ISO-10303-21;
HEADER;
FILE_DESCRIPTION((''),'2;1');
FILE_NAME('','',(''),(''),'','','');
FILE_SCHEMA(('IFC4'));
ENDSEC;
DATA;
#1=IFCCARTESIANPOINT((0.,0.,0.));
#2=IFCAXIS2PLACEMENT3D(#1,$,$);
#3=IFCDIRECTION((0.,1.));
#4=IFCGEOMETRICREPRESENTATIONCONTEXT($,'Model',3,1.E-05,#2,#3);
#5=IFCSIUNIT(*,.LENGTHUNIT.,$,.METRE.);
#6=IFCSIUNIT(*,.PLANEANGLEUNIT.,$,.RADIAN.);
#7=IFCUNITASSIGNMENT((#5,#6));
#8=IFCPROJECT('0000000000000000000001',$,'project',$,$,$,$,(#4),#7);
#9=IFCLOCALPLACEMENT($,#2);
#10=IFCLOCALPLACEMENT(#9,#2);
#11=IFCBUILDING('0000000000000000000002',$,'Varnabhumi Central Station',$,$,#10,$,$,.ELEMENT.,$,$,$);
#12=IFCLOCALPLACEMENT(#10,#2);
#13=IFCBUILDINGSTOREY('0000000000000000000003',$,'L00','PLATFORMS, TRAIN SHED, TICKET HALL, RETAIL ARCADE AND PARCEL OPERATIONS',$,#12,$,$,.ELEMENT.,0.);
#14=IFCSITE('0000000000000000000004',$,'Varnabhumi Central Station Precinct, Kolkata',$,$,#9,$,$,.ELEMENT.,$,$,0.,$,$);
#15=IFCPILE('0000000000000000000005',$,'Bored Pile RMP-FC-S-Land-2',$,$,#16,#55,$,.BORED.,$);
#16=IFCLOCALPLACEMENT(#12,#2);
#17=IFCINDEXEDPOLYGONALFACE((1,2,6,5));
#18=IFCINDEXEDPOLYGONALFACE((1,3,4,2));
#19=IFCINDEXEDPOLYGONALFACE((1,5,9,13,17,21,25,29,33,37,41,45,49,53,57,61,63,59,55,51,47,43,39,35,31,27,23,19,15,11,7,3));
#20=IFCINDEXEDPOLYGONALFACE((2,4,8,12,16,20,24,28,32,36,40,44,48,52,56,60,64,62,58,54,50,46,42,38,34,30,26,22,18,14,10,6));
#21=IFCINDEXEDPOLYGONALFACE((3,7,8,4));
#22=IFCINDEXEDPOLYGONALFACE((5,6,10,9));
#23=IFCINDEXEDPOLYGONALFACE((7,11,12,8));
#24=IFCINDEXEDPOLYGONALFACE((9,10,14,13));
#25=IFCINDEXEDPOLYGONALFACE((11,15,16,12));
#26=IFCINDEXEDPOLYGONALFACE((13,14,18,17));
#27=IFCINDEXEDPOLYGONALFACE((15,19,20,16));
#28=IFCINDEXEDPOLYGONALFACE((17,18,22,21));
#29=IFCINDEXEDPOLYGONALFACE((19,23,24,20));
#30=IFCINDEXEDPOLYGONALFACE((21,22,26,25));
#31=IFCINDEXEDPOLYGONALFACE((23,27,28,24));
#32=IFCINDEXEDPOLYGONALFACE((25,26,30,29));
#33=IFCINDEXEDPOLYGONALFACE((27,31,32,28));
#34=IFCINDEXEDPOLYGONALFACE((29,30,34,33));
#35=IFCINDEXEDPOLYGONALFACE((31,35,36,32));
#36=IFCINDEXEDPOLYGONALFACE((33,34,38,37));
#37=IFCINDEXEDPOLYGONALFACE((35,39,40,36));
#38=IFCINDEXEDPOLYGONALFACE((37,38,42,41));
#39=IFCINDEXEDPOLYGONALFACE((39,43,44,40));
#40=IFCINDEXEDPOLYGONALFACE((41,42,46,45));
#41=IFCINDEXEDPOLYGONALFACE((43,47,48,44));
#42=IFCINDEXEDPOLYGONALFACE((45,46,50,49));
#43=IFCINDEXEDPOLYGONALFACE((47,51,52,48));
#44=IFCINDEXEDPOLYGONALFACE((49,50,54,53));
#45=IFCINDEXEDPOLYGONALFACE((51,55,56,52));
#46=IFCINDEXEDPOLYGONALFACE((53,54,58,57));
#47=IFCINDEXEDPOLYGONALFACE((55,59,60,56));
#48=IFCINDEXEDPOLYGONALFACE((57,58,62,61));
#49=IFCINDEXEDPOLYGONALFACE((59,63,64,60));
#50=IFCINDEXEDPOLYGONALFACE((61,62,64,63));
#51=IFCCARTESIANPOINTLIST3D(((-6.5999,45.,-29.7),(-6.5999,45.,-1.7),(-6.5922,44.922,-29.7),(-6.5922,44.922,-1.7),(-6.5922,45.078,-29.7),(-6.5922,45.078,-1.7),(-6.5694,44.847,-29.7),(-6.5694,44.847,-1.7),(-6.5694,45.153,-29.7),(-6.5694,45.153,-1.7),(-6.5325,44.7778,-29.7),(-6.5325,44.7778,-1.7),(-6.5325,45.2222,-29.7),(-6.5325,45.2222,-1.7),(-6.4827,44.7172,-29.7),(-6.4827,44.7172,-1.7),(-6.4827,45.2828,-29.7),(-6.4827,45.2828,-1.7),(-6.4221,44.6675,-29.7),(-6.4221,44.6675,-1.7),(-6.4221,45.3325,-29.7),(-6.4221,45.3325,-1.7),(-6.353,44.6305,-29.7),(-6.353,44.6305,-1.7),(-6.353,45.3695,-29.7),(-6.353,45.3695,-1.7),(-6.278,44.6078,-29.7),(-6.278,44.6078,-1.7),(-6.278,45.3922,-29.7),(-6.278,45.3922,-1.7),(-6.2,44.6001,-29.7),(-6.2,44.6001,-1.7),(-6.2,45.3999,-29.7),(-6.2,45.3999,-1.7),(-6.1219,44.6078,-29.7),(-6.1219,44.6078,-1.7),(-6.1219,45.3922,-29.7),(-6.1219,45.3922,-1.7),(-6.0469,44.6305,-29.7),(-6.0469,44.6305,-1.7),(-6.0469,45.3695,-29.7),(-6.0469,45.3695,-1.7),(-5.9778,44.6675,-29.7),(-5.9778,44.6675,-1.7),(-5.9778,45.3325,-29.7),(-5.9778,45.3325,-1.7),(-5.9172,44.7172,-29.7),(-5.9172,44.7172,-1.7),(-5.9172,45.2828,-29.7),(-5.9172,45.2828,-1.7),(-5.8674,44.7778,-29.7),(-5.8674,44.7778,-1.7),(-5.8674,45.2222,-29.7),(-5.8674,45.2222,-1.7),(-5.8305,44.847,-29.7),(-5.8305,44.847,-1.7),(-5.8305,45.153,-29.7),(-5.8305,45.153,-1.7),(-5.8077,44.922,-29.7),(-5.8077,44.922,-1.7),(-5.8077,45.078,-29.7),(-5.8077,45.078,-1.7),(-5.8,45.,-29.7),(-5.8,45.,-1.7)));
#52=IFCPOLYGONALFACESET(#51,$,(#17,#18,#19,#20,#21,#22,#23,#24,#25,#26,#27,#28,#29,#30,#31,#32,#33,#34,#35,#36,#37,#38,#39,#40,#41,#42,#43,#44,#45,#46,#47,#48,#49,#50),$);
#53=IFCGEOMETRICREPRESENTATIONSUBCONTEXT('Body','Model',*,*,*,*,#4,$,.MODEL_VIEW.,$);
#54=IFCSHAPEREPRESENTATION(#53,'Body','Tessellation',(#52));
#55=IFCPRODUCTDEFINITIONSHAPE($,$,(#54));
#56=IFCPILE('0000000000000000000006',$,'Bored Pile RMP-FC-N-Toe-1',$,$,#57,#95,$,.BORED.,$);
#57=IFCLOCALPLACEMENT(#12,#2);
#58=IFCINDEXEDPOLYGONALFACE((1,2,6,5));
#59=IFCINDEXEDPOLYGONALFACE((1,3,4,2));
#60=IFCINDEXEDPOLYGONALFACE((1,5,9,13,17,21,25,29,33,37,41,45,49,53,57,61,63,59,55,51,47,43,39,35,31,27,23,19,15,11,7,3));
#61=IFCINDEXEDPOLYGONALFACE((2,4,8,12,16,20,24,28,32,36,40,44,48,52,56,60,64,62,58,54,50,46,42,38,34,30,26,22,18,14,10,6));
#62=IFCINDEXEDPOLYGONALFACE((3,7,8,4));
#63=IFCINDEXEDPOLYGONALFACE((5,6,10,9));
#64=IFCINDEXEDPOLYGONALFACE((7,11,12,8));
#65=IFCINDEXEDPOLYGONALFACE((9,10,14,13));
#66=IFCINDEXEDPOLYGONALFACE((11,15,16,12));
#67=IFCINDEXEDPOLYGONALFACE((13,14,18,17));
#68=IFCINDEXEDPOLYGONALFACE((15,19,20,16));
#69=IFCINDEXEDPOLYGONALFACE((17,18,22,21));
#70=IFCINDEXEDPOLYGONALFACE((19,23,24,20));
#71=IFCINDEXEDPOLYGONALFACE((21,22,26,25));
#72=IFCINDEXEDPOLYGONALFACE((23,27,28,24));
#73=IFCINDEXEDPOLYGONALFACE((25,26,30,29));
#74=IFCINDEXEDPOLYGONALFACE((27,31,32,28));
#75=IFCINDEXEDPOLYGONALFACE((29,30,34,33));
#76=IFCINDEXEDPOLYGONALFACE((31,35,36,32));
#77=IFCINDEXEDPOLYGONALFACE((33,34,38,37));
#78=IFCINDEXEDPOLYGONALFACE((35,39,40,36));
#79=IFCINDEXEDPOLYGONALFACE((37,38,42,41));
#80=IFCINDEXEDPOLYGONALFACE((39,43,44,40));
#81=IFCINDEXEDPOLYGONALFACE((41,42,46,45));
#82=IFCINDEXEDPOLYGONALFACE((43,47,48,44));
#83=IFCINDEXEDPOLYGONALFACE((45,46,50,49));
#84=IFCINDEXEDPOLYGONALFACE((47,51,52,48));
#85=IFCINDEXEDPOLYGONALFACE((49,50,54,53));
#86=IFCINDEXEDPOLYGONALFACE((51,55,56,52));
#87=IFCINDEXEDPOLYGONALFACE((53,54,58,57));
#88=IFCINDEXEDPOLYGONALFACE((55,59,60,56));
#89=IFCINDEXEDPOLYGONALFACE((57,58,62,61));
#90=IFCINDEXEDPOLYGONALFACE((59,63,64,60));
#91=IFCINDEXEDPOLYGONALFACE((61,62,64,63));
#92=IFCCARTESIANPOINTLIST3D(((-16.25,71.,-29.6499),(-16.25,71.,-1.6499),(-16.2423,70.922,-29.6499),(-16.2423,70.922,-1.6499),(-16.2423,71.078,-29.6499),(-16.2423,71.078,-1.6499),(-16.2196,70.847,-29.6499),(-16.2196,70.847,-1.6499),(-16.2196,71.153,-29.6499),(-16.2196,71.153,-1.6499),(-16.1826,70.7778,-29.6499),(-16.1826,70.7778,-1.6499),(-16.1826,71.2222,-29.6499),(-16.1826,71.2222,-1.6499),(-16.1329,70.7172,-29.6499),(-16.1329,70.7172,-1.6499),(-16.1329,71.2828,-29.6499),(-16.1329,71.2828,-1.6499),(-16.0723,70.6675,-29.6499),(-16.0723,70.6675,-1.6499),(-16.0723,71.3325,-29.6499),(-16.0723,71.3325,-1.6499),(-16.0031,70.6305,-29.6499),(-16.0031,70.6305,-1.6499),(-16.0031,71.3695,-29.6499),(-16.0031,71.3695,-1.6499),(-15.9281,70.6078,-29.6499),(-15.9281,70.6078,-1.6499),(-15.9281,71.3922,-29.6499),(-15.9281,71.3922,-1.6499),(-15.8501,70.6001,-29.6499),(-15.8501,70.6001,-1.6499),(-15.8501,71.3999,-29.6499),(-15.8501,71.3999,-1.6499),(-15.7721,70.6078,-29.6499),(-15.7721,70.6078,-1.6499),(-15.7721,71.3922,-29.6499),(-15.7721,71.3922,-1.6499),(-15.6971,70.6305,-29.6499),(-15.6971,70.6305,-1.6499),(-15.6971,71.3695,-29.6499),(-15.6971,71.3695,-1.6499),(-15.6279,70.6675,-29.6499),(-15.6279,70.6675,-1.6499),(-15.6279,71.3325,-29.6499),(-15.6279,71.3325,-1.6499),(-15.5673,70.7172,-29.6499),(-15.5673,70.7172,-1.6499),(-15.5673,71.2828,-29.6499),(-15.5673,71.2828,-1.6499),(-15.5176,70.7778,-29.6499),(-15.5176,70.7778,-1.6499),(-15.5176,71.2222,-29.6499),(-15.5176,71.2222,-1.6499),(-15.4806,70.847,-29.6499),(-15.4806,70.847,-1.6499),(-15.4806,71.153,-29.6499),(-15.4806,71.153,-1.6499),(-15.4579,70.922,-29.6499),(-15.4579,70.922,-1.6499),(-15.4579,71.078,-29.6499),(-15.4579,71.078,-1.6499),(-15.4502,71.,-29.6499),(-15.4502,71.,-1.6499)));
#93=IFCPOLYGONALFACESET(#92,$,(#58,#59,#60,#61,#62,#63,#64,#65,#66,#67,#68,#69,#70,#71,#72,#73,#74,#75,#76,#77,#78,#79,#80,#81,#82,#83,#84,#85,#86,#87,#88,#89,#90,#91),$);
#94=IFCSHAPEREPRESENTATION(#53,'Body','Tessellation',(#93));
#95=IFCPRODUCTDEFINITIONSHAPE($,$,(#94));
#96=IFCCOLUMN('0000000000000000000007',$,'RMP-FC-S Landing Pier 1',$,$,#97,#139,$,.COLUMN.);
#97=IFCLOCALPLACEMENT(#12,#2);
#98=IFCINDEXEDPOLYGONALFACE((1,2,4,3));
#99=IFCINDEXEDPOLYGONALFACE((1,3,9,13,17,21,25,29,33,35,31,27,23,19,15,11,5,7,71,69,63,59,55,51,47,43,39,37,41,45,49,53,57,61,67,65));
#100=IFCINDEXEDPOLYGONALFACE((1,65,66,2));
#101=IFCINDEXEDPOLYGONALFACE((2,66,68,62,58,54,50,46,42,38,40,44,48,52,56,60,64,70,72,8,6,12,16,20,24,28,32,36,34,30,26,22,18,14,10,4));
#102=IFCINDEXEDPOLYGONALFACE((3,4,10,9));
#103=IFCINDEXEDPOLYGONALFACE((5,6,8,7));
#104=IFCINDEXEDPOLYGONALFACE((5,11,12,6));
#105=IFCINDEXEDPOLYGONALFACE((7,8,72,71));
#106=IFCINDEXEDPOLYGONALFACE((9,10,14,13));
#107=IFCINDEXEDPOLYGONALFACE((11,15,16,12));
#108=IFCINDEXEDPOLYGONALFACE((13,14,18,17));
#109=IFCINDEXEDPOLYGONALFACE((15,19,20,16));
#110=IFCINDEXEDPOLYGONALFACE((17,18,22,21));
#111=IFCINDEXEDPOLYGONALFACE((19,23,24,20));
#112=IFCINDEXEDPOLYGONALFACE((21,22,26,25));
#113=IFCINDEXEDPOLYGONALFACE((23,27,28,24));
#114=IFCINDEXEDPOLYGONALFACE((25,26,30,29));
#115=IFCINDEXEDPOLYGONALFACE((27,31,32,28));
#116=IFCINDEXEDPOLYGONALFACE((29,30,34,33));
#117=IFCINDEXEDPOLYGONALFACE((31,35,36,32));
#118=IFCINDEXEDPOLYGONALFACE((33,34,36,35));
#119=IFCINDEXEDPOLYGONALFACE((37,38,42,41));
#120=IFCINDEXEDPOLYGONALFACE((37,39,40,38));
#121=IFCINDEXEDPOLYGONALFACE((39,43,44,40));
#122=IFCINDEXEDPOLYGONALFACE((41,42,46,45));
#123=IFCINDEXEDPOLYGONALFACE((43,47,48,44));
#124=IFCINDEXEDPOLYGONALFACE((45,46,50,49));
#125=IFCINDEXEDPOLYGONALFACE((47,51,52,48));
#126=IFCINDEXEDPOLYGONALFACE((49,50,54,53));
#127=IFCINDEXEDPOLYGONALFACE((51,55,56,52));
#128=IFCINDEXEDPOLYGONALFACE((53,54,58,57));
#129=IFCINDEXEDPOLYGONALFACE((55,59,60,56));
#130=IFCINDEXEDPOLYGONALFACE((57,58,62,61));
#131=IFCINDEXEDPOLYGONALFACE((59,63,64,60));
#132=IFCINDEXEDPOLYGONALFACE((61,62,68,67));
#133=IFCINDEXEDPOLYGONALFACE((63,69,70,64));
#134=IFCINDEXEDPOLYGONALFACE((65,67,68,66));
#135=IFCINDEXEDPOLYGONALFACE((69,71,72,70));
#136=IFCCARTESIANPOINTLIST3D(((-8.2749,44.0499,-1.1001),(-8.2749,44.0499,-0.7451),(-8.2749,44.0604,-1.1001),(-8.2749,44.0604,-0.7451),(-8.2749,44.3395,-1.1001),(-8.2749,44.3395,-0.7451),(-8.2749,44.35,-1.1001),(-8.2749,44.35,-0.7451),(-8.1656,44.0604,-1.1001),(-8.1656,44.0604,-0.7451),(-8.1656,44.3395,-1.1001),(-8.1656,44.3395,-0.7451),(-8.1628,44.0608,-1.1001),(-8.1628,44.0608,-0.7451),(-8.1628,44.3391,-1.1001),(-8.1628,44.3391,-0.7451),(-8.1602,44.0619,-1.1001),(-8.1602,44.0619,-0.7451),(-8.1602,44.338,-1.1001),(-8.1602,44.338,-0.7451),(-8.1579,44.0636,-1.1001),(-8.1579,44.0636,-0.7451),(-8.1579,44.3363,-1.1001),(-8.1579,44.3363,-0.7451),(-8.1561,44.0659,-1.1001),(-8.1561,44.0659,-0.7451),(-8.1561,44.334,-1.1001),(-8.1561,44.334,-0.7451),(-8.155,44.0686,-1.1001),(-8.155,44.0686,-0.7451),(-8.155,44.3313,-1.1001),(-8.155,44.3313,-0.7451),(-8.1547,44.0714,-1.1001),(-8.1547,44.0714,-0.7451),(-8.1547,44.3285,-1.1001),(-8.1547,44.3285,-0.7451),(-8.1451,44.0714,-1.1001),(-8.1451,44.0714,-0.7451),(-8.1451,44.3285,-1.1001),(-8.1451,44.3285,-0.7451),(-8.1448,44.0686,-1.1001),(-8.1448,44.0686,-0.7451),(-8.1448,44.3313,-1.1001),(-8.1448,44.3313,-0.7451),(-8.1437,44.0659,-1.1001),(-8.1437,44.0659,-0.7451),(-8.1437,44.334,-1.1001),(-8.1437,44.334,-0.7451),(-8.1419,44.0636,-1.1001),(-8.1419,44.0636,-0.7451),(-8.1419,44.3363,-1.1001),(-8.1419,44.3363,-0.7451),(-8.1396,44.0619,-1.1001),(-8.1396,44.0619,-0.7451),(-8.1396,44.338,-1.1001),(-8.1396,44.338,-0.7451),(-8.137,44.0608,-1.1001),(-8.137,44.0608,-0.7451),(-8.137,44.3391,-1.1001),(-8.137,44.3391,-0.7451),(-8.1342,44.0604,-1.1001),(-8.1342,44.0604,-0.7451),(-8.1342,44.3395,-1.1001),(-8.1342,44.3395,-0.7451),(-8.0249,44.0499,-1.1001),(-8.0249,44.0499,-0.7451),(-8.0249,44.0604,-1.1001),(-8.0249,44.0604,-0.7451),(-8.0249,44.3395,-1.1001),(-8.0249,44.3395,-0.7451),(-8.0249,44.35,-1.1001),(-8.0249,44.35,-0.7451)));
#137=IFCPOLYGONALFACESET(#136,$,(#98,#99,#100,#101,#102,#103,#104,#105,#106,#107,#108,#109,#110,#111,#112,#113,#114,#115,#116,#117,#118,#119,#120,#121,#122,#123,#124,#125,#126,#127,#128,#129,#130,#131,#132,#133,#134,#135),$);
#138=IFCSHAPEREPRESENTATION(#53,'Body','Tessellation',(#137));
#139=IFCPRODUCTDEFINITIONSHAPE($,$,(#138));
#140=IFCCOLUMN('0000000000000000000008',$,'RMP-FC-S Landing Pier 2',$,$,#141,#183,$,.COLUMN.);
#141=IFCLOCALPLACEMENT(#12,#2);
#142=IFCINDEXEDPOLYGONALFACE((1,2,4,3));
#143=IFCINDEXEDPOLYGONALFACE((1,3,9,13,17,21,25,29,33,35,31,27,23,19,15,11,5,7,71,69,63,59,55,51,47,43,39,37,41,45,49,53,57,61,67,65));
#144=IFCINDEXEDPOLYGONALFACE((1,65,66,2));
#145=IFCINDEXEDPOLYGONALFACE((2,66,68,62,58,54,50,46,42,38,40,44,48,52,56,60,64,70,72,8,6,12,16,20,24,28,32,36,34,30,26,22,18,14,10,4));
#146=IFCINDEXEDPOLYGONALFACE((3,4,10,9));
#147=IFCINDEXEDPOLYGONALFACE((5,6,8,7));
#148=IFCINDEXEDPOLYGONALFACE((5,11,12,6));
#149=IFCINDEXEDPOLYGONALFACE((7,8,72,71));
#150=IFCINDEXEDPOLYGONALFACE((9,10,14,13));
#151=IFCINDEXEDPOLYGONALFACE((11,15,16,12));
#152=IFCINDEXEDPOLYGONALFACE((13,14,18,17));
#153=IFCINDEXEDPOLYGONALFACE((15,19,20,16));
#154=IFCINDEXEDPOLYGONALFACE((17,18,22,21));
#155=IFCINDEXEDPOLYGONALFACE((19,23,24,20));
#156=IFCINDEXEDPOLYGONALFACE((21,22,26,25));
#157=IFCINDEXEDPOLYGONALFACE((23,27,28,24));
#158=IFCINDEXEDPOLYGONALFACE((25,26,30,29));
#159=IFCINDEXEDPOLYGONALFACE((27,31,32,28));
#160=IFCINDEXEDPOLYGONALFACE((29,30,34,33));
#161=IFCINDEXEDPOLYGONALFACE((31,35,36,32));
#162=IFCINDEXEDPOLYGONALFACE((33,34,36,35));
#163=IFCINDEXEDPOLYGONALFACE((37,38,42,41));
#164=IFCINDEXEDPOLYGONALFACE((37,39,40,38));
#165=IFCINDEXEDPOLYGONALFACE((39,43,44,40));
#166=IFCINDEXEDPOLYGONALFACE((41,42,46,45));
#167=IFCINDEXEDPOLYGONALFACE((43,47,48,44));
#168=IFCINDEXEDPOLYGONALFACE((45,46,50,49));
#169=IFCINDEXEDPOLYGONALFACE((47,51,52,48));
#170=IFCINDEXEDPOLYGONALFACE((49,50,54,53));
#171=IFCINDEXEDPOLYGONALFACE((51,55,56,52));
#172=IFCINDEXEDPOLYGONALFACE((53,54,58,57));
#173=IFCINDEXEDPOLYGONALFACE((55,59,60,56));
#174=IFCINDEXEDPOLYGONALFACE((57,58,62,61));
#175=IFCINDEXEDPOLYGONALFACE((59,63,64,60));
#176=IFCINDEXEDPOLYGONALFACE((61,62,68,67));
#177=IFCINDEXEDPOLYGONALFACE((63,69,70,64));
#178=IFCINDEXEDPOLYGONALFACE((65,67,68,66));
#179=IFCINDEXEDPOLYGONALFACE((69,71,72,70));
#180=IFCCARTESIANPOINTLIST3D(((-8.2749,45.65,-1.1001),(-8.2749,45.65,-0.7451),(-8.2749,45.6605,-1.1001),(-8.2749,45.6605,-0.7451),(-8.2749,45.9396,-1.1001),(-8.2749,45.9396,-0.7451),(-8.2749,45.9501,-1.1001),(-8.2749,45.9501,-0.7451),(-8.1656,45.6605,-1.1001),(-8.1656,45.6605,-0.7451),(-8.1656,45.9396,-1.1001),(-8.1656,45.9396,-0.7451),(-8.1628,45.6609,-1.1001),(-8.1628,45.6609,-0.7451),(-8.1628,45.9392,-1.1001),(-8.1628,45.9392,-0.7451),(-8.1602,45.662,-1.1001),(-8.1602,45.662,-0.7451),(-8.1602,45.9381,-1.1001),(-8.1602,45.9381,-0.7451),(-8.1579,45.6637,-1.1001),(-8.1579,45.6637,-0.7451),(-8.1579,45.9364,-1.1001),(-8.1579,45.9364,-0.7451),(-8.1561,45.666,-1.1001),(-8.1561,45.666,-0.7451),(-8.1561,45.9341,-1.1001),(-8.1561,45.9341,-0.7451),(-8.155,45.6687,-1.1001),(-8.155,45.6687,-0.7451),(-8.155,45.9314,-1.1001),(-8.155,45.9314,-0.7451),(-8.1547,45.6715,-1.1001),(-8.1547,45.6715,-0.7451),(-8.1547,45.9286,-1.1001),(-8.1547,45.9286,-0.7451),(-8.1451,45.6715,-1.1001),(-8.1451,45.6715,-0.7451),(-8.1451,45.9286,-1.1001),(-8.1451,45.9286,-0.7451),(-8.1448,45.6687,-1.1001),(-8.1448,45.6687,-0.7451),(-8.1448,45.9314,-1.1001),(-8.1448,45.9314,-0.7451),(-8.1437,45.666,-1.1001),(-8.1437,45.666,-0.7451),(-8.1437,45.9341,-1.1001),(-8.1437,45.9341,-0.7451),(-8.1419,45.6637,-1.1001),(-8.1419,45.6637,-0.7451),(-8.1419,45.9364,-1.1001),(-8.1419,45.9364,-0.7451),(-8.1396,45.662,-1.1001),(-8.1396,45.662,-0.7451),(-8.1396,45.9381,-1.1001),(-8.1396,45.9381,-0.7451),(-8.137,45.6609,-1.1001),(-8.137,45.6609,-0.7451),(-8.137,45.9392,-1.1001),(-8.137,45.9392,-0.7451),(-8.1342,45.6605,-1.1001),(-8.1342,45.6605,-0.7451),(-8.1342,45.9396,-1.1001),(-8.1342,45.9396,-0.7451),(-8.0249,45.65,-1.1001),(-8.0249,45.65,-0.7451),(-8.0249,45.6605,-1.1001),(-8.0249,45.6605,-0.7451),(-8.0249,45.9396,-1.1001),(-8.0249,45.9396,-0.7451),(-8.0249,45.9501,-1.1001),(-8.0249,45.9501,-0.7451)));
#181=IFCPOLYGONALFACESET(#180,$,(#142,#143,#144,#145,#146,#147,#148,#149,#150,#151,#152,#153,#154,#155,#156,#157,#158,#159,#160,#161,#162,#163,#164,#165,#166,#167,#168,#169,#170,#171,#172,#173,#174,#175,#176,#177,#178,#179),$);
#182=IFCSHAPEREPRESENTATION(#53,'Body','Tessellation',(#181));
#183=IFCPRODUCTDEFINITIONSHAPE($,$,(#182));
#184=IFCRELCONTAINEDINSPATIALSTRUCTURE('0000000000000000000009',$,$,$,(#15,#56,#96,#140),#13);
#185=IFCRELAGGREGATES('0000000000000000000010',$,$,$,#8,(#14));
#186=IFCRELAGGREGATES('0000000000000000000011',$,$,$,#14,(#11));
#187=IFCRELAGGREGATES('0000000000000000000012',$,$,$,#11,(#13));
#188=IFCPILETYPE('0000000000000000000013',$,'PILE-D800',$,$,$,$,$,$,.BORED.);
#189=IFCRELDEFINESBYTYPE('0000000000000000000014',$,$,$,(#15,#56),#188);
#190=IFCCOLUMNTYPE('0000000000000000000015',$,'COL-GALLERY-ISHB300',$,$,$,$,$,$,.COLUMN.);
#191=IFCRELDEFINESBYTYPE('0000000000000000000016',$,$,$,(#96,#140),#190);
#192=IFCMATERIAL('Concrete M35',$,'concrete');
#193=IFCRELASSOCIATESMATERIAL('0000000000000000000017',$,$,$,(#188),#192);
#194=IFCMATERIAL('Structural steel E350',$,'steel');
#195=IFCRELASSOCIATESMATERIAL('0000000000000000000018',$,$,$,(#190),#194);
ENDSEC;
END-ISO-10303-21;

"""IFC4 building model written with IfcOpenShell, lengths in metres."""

from ifc_helpers import new_model, si_unit, direction, frame, origin, origin_2d, place, context, subcontext, project, spatial, circle, i_section, extrude, material, material_profile, profile_set, type_object, element, save


model = new_model("IFC4")

# Units and contexts
model_context = context("Model", 3, precision=1e-05, world=origin(), true_north=direction((0.0, 1.0)))
body_context = subcontext(model_context, "Body", "Model", "MODEL_VIEW")
ifc_project = project(units=[si_unit("LENGTHUNIT", "METRE"), si_unit("PLANEANGLEUNIT", "RADIAN")], contexts=[model_context])

# Site, building, storey
site_placement = place(None, origin())
site = spatial("IfcSite", under=ifc_project, at=site_placement, Name="Varnabhumi Central Station Precinct, Kolkata", CompositionType="ELEMENT", RefElevation=0.0)
building_placement = place(site_placement, origin())
building = spatial("IfcBuilding", under=site, at=building_placement, Name="Varnabhumi Central Station", CompositionType="ELEMENT")
storey_placement = place(building_placement, origin())
storey = spatial("IfcBuildingStorey", under=building, at=storey_placement, Name="L00", Description="PLATFORMS, TRAIN SHED, TICKET HALL, RETAIL ARCADE AND PARCEL OPERATIONS", CompositionType="ELEMENT", Elevation=0.0)

# Piles
ifc_material_1 = material(Name="Concrete M35", Category="concrete")
ifc_material_profile_1 = material_profile(ifc_material_1, circle(Radius=0.3999, at=origin_2d()), Name="Concrete M35", Category="concrete")
ifc_profile_set_1 = profile_set([ifc_material_profile_1], Name="Concrete M35")
pile_type_1 = type_object("IfcPileType", Name="PILE-D800", PredefinedType="BORED", material=ifc_profile_set_1)
for number, where, z_axis, x_axis, name in (
    (1, (-6.2, 45.0, -1.7), (0.0, 0.0, -1.0), (1.0, 0.0, 0.0), "Bored Pile RMP-FC-S-Land-2"),
    (2, (-15.8501, 71.0, -1.6499), (0.0, 0.0, -1.0), (1.0, 0.0, 0.0), "Bored Pile RMP-FC-N-Toe-1"),
):
    element("IfcPile", number, at=place(storey_placement, frame(where, z_axis=z_axis, x_axis=x_axis)), inside=storey, type_object=pile_type_1, Name=name, PredefinedType="BORED", context=body_context, shape_type="SweptSolid", body=[
        extrude(circle(Radius=0.3999, at=origin_2d()), origin(), (0.0, 0.0, 1.0), 28.0),
    ])

# Columns
ifc_material_2 = material(Name="Structural steel E350", Category="steel")
ifc_material_profile_2 = material_profile(ifc_material_2, i_section(OverallWidth=0.25, OverallDepth=0.3, WebThickness=0.0095, FlangeThickness=0.0105, FilletRadius=0.011, at=origin_2d()), Name="Structural steel E350", Category="steel")
ifc_profile_set_2 = profile_set([ifc_material_profile_2], Name="Structural steel E350")
column_type_1 = type_object("IfcColumnType", Name="COL-GALLERY-ISHB300", PredefinedType="COLUMN", material=ifc_profile_set_2)
for number, where, z_axis, x_axis, name in (
    (3, (-8.1499, 44.2, -1.1001), (0.0, 0.0, 1.0), (1.0, 0.0, 0.0), "RMP-FC-S Landing Pier 1"),
    (4, (-8.1499, 45.8, -1.1001), (0.0, 0.0, 1.0), (1.0, 0.0, 0.0), "RMP-FC-S Landing Pier 2"),
):
    element("IfcColumn", number, at=place(storey_placement, frame(where, z_axis=z_axis, x_axis=x_axis)), inside=storey, type_object=column_type_1, Name=name, PredefinedType="COLUMN", context=body_context, shape_type="SweptSolid", body=[
        extrude(i_section(OverallWidth=0.25, OverallDepth=0.3, WebThickness=0.0095, FlangeThickness=0.0105, FilletRadius=0.011, at=origin_2d()), origin(), (0.0, 0.0, 1.0), 0.355),
    ])

save(model, "model.ifc")
